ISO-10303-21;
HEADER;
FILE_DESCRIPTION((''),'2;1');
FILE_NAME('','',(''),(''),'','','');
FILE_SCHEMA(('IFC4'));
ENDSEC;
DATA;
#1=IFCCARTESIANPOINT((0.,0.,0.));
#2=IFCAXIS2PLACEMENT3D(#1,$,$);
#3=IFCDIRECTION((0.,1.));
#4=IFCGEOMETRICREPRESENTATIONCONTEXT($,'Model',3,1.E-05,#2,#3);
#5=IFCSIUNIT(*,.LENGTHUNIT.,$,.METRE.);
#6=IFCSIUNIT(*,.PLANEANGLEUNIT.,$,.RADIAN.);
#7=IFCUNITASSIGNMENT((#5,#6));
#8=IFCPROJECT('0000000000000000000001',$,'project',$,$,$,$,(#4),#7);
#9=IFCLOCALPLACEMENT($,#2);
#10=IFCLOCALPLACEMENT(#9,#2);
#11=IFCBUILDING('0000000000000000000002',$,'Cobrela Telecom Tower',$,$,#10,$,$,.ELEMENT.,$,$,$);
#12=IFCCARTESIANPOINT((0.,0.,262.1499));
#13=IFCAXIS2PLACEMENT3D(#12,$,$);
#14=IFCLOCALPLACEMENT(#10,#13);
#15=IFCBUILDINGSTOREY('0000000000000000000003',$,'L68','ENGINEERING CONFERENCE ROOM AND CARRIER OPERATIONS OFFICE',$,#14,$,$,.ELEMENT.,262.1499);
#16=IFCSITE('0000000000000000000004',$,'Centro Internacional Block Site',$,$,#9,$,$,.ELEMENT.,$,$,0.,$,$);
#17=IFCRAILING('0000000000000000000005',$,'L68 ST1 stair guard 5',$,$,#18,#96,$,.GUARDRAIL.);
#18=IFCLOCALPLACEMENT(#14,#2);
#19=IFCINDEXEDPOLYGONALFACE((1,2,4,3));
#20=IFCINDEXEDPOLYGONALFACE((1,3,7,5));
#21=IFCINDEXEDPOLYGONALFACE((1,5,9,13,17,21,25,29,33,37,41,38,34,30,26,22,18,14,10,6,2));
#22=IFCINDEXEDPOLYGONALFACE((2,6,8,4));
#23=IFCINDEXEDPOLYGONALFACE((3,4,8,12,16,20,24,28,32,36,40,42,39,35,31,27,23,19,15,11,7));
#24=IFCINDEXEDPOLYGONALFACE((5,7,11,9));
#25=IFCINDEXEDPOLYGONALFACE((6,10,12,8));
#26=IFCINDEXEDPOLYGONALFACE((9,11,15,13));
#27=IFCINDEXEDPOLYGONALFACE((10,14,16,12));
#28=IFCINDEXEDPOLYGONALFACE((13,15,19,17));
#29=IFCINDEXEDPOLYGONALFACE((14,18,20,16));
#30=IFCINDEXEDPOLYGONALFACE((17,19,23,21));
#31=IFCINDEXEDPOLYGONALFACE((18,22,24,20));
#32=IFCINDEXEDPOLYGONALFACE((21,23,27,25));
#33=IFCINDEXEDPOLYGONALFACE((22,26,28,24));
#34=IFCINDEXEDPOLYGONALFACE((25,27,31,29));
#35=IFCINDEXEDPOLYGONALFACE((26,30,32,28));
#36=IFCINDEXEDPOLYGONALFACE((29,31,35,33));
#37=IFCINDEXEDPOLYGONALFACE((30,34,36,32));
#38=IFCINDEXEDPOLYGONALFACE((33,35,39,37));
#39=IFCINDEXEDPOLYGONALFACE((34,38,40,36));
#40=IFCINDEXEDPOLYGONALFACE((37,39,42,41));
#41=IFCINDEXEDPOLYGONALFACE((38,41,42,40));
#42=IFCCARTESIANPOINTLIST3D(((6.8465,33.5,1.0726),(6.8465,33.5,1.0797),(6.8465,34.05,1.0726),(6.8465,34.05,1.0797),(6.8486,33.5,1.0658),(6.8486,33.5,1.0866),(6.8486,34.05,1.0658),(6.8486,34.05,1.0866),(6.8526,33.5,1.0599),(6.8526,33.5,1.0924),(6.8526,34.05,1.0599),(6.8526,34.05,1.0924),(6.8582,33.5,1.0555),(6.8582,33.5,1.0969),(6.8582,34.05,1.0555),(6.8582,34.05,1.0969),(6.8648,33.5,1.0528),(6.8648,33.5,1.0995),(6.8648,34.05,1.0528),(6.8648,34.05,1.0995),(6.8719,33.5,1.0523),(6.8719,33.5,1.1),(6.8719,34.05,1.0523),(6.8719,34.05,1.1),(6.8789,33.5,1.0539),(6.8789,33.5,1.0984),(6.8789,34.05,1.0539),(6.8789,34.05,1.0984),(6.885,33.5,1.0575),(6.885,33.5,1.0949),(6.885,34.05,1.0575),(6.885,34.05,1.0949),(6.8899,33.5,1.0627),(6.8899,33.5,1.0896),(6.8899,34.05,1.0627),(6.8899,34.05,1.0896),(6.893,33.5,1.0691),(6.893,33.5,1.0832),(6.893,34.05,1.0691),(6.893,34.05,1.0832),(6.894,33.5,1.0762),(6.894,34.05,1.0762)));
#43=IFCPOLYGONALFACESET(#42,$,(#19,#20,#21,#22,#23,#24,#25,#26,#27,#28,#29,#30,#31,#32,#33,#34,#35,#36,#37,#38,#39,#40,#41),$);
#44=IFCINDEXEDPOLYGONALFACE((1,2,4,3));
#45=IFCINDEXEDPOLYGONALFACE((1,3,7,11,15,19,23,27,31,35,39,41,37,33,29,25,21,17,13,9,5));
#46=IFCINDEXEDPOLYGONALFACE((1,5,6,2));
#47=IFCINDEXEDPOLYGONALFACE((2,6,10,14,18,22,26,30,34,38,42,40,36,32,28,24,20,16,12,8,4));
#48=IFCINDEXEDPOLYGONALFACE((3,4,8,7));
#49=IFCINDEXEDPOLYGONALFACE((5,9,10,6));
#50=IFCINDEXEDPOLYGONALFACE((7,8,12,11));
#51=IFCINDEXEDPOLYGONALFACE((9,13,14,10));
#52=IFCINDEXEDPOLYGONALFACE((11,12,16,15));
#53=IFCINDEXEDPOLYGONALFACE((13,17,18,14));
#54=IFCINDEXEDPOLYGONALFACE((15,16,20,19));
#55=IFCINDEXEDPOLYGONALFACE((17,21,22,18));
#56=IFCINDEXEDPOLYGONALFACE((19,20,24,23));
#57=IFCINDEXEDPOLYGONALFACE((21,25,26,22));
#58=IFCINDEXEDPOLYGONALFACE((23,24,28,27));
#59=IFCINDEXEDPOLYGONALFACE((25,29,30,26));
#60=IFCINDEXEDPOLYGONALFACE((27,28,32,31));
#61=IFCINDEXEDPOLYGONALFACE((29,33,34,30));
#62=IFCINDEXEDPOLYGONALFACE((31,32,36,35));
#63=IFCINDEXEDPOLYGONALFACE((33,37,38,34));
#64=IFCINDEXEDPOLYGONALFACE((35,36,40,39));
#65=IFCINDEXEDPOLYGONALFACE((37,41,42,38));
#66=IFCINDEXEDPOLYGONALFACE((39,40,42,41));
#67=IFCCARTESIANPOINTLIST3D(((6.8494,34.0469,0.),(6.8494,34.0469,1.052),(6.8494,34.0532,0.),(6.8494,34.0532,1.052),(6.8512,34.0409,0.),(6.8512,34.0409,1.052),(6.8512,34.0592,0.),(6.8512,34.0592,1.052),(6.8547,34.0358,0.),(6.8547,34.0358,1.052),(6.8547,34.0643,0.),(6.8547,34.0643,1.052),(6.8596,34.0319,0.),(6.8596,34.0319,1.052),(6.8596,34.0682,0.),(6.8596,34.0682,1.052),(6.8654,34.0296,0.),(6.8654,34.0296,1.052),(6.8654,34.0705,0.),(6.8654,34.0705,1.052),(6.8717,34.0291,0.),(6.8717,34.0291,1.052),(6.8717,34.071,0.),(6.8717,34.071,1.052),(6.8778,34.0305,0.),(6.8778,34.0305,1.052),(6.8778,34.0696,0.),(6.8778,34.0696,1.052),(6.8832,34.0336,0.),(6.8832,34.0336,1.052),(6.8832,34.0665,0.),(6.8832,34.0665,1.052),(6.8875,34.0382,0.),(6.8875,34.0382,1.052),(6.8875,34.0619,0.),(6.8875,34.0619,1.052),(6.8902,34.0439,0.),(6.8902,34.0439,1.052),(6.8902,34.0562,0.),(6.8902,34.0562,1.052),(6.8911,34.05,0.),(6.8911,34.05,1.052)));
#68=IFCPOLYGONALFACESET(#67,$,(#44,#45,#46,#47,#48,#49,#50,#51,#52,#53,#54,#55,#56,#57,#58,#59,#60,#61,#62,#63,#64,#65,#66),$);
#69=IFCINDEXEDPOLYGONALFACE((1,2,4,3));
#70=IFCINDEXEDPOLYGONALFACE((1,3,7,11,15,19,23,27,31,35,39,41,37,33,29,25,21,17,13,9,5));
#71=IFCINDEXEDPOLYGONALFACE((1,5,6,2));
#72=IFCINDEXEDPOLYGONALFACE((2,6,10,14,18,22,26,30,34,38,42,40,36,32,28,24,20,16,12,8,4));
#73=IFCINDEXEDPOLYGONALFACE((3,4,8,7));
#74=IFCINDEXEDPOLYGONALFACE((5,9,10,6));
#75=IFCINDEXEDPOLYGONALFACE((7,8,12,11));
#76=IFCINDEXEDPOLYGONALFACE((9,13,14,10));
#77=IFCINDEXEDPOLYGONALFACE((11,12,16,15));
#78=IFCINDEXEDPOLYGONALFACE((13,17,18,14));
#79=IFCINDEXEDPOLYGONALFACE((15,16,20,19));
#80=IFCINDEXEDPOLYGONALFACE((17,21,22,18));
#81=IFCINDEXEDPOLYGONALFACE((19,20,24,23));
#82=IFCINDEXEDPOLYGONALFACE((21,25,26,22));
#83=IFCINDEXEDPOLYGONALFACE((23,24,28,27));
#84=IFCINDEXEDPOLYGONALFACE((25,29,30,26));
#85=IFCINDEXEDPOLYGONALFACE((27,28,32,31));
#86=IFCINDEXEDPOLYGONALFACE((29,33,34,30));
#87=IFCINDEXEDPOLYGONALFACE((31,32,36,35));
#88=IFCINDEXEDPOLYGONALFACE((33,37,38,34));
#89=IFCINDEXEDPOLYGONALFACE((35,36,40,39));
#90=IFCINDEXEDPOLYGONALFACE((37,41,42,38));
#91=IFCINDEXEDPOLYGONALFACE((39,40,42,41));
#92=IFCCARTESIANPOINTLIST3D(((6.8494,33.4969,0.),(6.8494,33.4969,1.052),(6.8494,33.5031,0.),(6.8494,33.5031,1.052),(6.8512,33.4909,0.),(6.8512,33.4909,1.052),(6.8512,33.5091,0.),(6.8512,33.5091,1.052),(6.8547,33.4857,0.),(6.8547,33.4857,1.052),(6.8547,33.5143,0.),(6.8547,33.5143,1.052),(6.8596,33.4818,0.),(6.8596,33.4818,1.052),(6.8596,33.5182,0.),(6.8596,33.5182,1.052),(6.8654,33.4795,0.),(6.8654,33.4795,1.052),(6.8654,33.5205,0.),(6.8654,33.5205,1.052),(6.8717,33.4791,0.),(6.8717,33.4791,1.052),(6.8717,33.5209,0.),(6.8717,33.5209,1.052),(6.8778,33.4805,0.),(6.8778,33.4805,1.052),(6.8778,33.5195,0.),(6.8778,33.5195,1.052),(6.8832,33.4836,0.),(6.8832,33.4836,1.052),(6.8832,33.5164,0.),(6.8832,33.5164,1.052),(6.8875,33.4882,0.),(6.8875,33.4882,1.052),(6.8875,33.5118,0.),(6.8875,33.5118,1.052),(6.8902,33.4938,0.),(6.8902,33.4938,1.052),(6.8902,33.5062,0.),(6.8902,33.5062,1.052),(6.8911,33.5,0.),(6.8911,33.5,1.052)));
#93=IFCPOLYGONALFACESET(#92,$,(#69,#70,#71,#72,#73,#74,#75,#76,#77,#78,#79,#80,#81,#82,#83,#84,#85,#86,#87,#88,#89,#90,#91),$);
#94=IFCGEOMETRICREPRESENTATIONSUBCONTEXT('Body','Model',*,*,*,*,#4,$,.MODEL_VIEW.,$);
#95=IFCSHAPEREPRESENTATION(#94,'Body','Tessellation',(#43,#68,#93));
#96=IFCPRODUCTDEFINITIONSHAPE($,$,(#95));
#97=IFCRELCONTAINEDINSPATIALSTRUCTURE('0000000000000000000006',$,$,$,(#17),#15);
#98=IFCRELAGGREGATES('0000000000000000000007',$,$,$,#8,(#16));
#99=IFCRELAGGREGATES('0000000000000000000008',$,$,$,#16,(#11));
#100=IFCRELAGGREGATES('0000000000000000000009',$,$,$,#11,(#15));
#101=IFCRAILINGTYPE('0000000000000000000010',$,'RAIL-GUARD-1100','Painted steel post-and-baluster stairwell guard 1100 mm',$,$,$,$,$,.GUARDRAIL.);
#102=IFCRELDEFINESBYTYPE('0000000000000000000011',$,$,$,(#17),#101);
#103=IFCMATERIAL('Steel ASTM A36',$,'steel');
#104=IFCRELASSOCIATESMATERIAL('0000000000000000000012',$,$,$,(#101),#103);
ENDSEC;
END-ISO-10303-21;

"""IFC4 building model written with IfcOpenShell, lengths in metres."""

from ifc_helpers import new_model, si_unit, direction, frame, origin, origin_2d, place, context, subcontext, project, spatial, circle, extrude, material, type_object, element, save


model = new_model("IFC4")

# Units and contexts
model_context = context("Model", 3, precision=1e-05, world=origin(), true_north=direction((0.0, 1.0)))
body_context = subcontext(model_context, "Body", "Model", "MODEL_VIEW")
ifc_project = project(units=[si_unit("LENGTHUNIT", "METRE"), si_unit("PLANEANGLEUNIT", "RADIAN")], contexts=[model_context])

# Site, building, storey
site_placement = place(None, origin())
site = spatial("IfcSite", under=ifc_project, at=site_placement, Name="Centro Internacional Block Site", CompositionType="ELEMENT", RefElevation=0.0)
building_placement = place(site_placement, origin())
building = spatial("IfcBuilding", under=site, at=building_placement, Name="Cobrela Telecom Tower", CompositionType="ELEMENT")
storey_placement = place(building_placement, frame((0.0, 0.0, 262.1499)))
storey = spatial("IfcBuildingStorey", under=building, at=storey_placement, Name="L68", Description="ENGINEERING CONFERENCE ROOM AND CARRIER OPERATIONS OFFICE", CompositionType="ELEMENT", Elevation=262.1499)

# Shared definitions
ifc_material_1 = material(Name="Steel ASTM A36", Category="steel")

# Railing
railing_type = type_object("IfcRailingType", Name="RAIL-GUARD-1100", Description="Painted steel post-and-baluster stairwell guard 1100 mm", PredefinedType="GUARDRAIL", material=ifc_material_1)
railing_placement = place(storey_placement, frame((6.8701, 34.05, 0.0)))
element("IfcRailing", 1, at=railing_placement, inside=storey, type_object=railing_type, Name="L68 ST1 stair guard 5", PredefinedType="GUARDRAIL", context=body_context, shape_type="SweptSolid", body=[
    extrude(circle(Radius=0.0239, at=origin_2d()), frame((0.0, 0.0, 1.0762), z_axis=(0.0, -1.0, 0.0), x_axis=(1.0, 0.0, 0.0)), (0.0, 0.0, 1.0), 0.55),
    extrude(circle(Radius=0.021, at=origin_2d()), origin(), (0.0, 0.0, 1.0), 1.052),
    extrude(circle(Radius=0.021, at=origin_2d()), frame((0.0, -0.55, 0.0)), (0.0, 0.0, 1.0), 1.052),
])

save(model, "model.ifc")
